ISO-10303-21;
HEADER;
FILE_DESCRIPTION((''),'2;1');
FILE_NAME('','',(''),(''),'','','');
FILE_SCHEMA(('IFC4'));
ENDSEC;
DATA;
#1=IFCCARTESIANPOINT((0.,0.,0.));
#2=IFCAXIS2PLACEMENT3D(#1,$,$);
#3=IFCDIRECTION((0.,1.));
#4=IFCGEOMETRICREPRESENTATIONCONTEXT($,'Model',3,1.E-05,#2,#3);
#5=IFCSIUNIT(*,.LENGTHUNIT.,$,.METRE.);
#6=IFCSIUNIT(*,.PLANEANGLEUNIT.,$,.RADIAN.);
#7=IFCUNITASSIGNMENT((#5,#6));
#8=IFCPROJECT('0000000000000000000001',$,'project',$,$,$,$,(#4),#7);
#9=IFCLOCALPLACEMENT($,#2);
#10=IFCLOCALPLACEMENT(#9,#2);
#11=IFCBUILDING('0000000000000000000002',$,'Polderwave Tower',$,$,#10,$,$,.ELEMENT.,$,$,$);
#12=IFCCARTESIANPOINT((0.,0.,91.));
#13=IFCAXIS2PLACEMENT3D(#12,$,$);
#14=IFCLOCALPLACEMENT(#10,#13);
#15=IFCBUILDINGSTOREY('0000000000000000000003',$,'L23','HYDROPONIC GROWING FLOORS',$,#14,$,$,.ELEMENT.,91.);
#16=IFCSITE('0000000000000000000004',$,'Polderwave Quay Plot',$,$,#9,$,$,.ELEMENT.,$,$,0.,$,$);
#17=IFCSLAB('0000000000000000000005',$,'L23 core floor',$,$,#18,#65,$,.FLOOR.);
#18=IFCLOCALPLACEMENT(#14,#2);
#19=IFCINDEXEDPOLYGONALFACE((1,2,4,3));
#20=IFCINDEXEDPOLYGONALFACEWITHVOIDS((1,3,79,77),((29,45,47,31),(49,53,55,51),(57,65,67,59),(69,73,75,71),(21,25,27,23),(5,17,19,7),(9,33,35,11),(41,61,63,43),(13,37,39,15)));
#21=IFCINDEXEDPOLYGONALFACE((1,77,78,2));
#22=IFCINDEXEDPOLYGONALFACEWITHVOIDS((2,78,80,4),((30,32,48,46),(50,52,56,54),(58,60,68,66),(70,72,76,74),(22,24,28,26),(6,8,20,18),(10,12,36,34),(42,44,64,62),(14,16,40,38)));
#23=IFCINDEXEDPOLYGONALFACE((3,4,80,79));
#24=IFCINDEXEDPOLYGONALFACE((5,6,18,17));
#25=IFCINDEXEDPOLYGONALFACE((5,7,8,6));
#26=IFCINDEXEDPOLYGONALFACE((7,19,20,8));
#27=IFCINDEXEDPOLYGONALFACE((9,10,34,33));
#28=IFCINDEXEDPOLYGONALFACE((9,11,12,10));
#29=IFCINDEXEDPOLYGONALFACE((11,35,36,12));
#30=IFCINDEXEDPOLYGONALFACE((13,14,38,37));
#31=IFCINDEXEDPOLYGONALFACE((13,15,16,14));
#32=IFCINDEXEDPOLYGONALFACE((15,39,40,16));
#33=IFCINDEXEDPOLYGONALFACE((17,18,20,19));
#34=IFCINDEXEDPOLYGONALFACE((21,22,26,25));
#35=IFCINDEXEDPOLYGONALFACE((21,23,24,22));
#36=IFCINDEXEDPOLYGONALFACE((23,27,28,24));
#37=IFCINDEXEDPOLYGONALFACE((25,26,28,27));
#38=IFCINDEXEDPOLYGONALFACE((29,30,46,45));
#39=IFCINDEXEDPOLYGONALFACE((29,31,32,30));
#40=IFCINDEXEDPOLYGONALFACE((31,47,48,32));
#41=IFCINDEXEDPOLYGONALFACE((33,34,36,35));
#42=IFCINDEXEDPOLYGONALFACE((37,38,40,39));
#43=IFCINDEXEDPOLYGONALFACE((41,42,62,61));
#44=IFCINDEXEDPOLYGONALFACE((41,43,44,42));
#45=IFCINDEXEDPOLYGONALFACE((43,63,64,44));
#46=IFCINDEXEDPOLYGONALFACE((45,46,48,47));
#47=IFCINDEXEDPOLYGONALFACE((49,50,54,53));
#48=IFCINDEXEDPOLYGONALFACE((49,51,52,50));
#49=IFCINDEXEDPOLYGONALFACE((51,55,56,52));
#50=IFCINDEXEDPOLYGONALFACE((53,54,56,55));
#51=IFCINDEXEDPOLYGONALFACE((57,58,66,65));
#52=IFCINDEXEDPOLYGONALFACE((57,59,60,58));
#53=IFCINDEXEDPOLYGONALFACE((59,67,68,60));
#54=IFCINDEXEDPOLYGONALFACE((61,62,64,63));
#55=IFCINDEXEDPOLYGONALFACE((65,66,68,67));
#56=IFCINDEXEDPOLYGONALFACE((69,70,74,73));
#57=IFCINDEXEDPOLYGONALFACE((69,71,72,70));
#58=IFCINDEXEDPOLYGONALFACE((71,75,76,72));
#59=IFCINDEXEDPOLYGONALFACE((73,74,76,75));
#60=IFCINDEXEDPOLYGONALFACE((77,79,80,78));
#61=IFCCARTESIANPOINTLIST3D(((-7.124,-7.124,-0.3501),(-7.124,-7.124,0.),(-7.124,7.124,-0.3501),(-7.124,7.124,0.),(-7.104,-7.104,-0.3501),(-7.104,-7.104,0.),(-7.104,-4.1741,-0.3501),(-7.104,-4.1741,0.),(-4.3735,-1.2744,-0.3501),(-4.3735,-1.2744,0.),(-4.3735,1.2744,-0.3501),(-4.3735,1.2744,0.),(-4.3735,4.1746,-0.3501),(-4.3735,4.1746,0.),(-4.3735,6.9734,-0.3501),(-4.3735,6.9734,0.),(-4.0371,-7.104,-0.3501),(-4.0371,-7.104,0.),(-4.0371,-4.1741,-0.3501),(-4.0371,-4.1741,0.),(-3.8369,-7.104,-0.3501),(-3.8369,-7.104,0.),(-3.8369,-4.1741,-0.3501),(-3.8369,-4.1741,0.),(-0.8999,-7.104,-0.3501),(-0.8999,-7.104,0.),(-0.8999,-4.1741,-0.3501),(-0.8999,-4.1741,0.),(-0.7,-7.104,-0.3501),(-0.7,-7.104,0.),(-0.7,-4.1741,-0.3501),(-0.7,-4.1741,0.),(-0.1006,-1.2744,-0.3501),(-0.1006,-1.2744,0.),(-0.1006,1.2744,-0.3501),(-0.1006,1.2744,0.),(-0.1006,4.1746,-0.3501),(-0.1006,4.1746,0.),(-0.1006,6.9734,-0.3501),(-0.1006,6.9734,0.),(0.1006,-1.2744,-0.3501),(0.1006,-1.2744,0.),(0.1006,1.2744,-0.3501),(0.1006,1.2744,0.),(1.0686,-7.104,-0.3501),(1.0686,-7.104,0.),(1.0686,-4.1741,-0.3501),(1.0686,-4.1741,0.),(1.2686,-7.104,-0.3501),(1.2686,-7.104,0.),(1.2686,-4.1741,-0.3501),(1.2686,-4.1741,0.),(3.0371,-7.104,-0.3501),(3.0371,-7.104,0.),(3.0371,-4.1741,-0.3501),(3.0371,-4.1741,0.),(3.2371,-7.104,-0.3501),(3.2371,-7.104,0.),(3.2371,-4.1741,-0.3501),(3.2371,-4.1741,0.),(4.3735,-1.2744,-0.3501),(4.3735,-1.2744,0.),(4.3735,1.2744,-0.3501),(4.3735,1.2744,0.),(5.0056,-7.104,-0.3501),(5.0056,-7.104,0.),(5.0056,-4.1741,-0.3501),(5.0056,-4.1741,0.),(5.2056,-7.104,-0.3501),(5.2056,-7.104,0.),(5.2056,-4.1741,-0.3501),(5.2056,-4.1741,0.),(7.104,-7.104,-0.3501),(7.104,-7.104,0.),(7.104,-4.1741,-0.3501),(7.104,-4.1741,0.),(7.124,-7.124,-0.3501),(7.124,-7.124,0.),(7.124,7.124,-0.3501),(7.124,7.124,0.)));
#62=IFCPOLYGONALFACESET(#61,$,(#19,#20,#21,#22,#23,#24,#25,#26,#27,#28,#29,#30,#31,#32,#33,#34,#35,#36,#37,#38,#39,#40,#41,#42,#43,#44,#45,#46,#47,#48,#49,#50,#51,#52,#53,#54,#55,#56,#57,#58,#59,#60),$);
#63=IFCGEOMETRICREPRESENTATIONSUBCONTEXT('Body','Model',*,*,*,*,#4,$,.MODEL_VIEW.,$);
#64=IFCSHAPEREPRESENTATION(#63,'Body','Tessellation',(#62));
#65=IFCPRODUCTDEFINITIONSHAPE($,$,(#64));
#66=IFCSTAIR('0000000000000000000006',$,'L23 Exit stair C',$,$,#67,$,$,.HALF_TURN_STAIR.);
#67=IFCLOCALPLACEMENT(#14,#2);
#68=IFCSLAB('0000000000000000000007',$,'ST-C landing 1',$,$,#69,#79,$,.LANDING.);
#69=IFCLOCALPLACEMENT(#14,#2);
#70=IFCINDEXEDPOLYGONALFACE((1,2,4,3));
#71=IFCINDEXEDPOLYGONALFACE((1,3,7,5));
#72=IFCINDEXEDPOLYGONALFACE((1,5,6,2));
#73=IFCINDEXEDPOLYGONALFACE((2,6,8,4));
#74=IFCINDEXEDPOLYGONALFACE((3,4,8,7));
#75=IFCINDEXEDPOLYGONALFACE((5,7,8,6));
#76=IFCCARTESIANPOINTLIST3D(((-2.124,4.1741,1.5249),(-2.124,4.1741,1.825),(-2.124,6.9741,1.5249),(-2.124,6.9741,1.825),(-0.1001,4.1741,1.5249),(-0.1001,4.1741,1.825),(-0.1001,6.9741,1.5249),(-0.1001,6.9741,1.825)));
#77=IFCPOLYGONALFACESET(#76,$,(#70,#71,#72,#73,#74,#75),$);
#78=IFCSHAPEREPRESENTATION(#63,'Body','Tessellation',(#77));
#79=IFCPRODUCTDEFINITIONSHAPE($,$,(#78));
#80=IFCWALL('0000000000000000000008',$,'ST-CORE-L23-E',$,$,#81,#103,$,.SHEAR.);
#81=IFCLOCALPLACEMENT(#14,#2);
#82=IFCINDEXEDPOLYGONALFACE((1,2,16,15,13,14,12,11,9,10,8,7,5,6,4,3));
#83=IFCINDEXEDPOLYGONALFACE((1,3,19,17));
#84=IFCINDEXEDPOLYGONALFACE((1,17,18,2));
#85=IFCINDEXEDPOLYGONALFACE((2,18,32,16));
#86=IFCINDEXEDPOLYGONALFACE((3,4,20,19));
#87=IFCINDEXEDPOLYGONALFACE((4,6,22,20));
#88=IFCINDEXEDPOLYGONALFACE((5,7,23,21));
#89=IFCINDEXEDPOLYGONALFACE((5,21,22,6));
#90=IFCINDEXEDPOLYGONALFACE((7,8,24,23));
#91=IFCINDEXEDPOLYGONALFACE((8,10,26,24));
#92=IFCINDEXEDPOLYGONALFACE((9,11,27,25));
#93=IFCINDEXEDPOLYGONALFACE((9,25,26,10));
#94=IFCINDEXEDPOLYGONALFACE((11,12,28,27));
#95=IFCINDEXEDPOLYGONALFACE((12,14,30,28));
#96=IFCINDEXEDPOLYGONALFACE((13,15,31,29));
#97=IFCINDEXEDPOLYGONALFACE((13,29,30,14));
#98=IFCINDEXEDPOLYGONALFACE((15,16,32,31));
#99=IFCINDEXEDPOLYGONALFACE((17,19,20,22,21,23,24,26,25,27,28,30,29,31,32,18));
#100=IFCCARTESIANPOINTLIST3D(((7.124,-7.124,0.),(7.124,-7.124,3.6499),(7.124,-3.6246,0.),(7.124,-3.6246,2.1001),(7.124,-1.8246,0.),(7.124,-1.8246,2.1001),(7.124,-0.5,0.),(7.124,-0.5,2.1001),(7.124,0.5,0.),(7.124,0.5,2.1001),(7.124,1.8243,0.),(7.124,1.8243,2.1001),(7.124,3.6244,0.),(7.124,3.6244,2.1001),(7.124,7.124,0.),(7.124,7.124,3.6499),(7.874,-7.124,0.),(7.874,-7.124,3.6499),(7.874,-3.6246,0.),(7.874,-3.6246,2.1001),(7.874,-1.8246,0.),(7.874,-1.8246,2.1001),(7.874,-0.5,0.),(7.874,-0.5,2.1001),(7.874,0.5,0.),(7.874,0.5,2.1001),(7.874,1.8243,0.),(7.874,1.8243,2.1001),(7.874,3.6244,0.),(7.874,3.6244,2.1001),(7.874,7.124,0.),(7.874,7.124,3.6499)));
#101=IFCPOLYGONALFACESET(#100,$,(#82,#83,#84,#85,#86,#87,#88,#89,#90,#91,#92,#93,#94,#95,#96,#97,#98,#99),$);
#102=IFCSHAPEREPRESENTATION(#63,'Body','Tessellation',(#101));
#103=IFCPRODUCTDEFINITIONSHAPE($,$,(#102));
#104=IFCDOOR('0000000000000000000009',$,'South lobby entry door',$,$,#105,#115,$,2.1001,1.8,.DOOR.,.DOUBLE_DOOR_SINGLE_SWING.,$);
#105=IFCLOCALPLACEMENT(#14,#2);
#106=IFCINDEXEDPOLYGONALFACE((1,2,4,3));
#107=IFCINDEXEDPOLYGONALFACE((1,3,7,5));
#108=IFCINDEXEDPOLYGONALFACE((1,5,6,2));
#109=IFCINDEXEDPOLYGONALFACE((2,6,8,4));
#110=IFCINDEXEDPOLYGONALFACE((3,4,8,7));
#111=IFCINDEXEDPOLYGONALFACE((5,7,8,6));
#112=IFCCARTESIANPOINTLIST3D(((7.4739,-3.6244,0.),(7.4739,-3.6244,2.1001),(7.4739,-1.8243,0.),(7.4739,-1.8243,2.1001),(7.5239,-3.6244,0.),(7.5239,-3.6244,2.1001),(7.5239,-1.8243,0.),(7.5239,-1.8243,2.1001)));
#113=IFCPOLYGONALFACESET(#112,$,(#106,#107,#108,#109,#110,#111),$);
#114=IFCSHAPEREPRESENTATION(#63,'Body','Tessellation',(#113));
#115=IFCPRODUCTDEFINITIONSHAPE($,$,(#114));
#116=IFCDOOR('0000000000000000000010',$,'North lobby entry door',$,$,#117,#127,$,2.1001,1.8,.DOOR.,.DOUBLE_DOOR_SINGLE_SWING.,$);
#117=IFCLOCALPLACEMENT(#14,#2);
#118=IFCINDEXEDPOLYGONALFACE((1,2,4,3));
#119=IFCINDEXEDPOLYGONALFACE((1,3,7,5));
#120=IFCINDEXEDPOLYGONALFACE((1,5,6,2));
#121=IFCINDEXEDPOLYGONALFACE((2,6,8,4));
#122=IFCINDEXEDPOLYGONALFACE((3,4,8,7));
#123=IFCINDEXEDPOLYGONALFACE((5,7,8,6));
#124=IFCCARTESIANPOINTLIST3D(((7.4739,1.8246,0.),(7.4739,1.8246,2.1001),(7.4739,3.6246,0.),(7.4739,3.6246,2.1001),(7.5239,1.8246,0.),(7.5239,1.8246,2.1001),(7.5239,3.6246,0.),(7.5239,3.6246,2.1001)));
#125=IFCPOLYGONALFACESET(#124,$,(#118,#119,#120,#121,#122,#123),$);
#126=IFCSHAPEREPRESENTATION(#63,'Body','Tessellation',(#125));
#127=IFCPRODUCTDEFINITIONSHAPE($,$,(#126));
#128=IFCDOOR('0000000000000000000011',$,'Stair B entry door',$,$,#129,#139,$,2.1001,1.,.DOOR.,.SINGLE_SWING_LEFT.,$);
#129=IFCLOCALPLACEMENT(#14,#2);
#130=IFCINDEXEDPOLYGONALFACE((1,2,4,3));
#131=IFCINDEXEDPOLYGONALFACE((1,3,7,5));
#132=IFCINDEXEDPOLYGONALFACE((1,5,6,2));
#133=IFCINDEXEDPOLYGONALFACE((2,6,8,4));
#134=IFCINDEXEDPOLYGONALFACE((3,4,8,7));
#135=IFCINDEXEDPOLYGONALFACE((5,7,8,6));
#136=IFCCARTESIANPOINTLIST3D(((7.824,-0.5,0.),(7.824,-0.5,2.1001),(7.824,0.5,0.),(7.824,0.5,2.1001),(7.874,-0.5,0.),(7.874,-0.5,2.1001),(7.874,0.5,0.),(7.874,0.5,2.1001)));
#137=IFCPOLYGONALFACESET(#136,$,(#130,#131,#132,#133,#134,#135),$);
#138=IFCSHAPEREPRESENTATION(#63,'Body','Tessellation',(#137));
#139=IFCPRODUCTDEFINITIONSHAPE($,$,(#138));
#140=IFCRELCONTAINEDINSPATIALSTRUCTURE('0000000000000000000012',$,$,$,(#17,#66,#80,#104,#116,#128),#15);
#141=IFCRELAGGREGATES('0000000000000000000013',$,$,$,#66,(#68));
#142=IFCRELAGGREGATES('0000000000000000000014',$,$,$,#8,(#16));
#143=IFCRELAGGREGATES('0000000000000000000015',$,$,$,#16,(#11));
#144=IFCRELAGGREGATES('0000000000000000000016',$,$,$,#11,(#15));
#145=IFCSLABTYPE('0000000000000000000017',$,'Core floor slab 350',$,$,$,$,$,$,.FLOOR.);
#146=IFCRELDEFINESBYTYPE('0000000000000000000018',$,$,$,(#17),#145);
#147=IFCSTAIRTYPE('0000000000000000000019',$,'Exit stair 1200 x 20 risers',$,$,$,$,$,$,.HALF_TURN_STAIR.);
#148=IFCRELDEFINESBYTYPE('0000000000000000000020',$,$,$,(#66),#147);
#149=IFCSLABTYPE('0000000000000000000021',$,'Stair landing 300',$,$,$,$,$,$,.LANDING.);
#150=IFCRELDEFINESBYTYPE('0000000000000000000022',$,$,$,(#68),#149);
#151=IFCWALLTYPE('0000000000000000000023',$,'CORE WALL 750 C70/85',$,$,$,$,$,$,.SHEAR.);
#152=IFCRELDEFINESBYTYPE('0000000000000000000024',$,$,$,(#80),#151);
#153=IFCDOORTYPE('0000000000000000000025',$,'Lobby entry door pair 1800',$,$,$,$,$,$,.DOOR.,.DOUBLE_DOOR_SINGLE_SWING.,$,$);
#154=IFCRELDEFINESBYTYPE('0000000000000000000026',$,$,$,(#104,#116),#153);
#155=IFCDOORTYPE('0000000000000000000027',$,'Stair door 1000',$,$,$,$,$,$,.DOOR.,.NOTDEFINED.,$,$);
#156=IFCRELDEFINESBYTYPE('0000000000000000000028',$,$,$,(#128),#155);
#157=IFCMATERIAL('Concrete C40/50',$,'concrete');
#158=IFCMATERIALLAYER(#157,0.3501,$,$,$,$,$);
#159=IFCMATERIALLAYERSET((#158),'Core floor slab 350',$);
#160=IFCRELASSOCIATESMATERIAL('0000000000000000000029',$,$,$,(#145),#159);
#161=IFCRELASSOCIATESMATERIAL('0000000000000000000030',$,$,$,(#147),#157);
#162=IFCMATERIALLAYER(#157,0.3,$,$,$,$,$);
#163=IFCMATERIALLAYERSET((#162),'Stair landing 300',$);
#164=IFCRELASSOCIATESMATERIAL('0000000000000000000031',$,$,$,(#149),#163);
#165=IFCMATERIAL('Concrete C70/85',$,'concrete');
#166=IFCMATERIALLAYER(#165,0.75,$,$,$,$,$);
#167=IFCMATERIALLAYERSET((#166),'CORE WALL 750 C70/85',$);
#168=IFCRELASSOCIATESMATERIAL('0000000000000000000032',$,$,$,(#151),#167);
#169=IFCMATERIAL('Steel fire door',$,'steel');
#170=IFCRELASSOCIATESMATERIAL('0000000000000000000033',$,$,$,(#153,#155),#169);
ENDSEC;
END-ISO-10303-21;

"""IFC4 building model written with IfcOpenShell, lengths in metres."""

from ifc_helpers import new_model, si_unit, direction, frame, frame_2d, origin, place, context, subcontext, project, spatial, polyline, rectangle, outline, extrude, material, layer, layer_set, type_object, element, fill, aggregate, save


model = new_model("IFC4")

# Units and contexts
model_context = context("Model", 3, precision=1e-05, world=origin(), true_north=direction((0.0, 1.0)))
body_context = subcontext(model_context, "Body", "Model", "MODEL_VIEW")
ifc_project = project(units=[si_unit("LENGTHUNIT", "METRE"), si_unit("PLANEANGLEUNIT", "RADIAN")], contexts=[model_context])

# Site, building, storey
site_placement = place(None, origin())
site = spatial("IfcSite", under=ifc_project, at=site_placement, Name="Polderwave Quay Plot", CompositionType="ELEMENT", RefElevation=0.0)
building_placement = place(site_placement, origin())
building = spatial("IfcBuilding", under=site, at=building_placement, Name="Polderwave Tower", CompositionType="ELEMENT")
storey_placement = place(building_placement, frame((0.0, 0.0, 91.0)))
storey = spatial("IfcBuildingStorey", under=building, at=storey_placement, Name="L23", Description="HYDROPONIC GROWING FLOORS", CompositionType="ELEMENT", Elevation=91.0)

# Slab
ifc_material_1 = material(Name="Concrete C40/50", Category="concrete")
ifc_layer_1 = layer(ifc_material_1, 0.3501)
ifc_layer_set_1 = layer_set([ifc_layer_1], Name="Core floor slab 350")
slab_type_1 = type_object("IfcSlabType", Name="Core floor slab 350", PredefinedType="FLOOR", material=ifc_layer_set_1)
slab_1_placement = place(storey_placement, frame((0.0, 0.0, -0.3501)))
element("IfcSlab", 1, at=slab_1_placement, inside=storey, type_object=slab_type_1, Name="L23 core floor", PredefinedType="FLOOR", context=body_context, shape_type="SweptSolid", body=[
    extrude(outline(polyline([(-7.124, -7.124), (7.124, -7.124), (7.124, 7.124), (-7.124, 7.124), (-7.124, -7.124)]), holes=[polyline([(-7.104, -7.104), (-4.0371, -7.104), (-4.0371, -4.1741), (-7.104, -4.1741), (-7.104, -7.104)]), polyline([(-3.8369, -7.104), (-0.8999, -7.104), (-0.8999, -4.1741), (-3.8369, -4.1741), (-3.8369, -7.104)]), polyline([(-0.7, -7.104), (1.0686, -7.104), (1.0686, -4.1741), (-0.7, -4.1741), (-0.7, -7.104)]), polyline([(1.2686, -7.104), (3.0371, -7.104), (3.0371, -4.1741), (1.2686, -4.1741), (1.2686, -7.104)]), polyline([(3.2371, -7.104), (5.0056, -7.104), (5.0056, -4.1741), (3.2371, -4.1741), (3.2371, -7.104)]), polyline([(5.2056, -7.104), (7.104, -7.104), (7.104, -4.1741), (5.2056, -4.1741), (5.2056, -7.104)]), polyline([(-4.3735, -1.2744), (-0.1006, -1.2744), (-0.1006, 1.2744), (-4.3735, 1.2744), (-4.3735, -1.2744)]), polyline([(0.1006, -1.2744), (4.3735, -1.2744), (4.3735, 1.2744), (0.1006, 1.2744), (0.1006, -1.2744)]), polyline([(-4.3735, 4.1746), (-0.1006, 4.1746), (-0.1006, 6.9734), (-4.3735, 6.9734), (-4.3735, 4.1746)])]), origin(), (0.0, 0.0, 1.0), 0.3501),
])

# Stair, slab
stair_type = type_object("IfcStairType", Name="Exit stair 1200 x 20 risers", PredefinedType="HALF_TURN_STAIR", material=ifc_material_1)
stair_1_placement = place(storey_placement, origin())
stair_1 = element("IfcStair", 2, at=stair_1_placement, inside=storey, type_object=stair_type, Name="L23 Exit stair C", PredefinedType="HALF_TURN_STAIR")
ifc_layer_2 = layer(ifc_material_1, 0.3)
ifc_layer_set_2 = layer_set([ifc_layer_2], Name="Stair landing 300")
slab_type_2 = type_object("IfcSlabType", Name="Stair landing 300", PredefinedType="LANDING", material=ifc_layer_set_2)
slab_2_placement = place(storey_placement, frame((0.0, 0.0, 1.5249)))
slab_2 = element("IfcSlab", 3, at=slab_2_placement, type_object=slab_type_2, Name="ST-C landing 1", PredefinedType="LANDING", context=body_context, shape_type="SweptSolid", body=[
    extrude(outline(polyline([(-2.124, 4.1741), (-0.1001, 4.1741), (-0.1001, 6.9741), (-2.124, 6.9741), (-2.124, 4.1741)])), origin(), (0.0, 0.0, 1.0), 0.3),
])
aggregate(stair_1, [slab_2])

# Wall, openings, doors
ifc_material_2 = material(Name="Concrete C70/85", Category="concrete")
ifc_layer_3 = layer(ifc_material_2, 0.75)
ifc_layer_set_3 = layer_set([ifc_layer_3], Name="CORE WALL 750 C70/85")
wall_type_1 = type_object("IfcWallType", Name="CORE WALL 750 C70/85", PredefinedType="SHEAR", material=ifc_layer_set_3)
wall_1_placement = place(storey_placement, frame((7.499, -7.124, 0.0), z_axis=(0.0, 0.0, 1.0), x_axis=(0.0, 1.0, 0.0)))
wall_1 = element("IfcWall", 4, at=wall_1_placement, inside=storey, type_object=wall_type_1, Name="ST-CORE-L23-E", PredefinedType="SHEAR", context=body_context, shape_type="SweptSolid", body=[
    extrude(rectangle(XDim=14.248, YDim=0.75, at=frame_2d((7.124, 0.0))), origin(), (0.0, 0.0, 1.0), 3.6499),
])
opening_1_placement = place(wall_1_placement, frame((6.624, 0.0, 0.0)))
opening_1 = element("IfcOpeningElement", 5, at=opening_1_placement, cuts=wall_1, PredefinedType="OPENING", context=body_context, shape_type="SweptSolid", body=[
    extrude(rectangle(XDim=1.0, YDim=2.1001, at=frame_2d((0.5, 1.05))), frame((0.0, 0.385, 0.0), z_axis=(0.0, -1.0, 0.0), x_axis=(1.0, 0.0, 0.0)), (0.0, 0.0, 1.0), 0.77),
])
opening_2_placement = place(wall_1_placement, frame((3.4995, 0.0, 0.0)))
opening_2 = element("IfcOpeningElement", 6, at=opening_2_placement, cuts=wall_1, PredefinedType="OPENING", context=body_context, shape_type="SweptSolid", body=[
    extrude(rectangle(XDim=1.8, YDim=2.1001, at=frame_2d((0.8999, 1.05))), frame((0.0, 0.385, 0.0), z_axis=(0.0, -1.0, 0.0), x_axis=(1.0, 0.0, 0.0)), (0.0, 0.0, 1.0), 0.77),
])
opening_3_placement = place(wall_1_placement, frame((8.9485, 0.0, 0.0)))
opening_3 = element("IfcOpeningElement", 7, at=opening_3_placement, cuts=wall_1, PredefinedType="OPENING", context=body_context, shape_type="SweptSolid", body=[
    extrude(rectangle(XDim=1.8, YDim=2.1001, at=frame_2d((0.8999, 1.05))), frame((0.0, 0.385, 0.0), z_axis=(0.0, -1.0, 0.0), x_axis=(1.0, 0.0, 0.0)), (0.0, 0.0, 1.0), 0.77),
])
ifc_material_3 = material(Name="Steel fire door", Category="steel")
door_type_1 = type_object("IfcDoorType", Name="Lobby entry door pair 1800", OperationType="DOUBLE_DOOR_SINGLE_SWING", PredefinedType="DOOR", material=ifc_material_3)
door_1_placement = place(opening_2_placement, frame((1.8, 0.0, 0.0), z_axis=(0.0, 0.0, 1.0), x_axis=(-1.0, 0.0, 0.0)))
door_1 = element("IfcDoor", 8, at=door_1_placement, inside=storey, type_object=door_type_1, Name="South lobby entry door", OperationType="DOUBLE_DOOR_SINGLE_SWING", OverallHeight=2.1001, OverallWidth=1.8, PredefinedType="DOOR", context=body_context, shape_type="SweptSolid", body=[
    extrude(rectangle(XDim=1.8, YDim=2.1001, at=frame_2d((0.8999, 1.05))), frame((0.0, 0.0249, 0.0), z_axis=(0.0, -1.0, 0.0), x_axis=(1.0, 0.0, 0.0)), (0.0, 0.0, 1.0), 0.05),
])
fill(opening_2, door_1)
door_2_placement = place(opening_3_placement, frame((1.8, 0.0, 0.0), z_axis=(0.0, 0.0, 1.0), x_axis=(-1.0, 0.0, 0.0)))
door_2 = element("IfcDoor", 9, at=door_2_placement, inside=storey, type_object=door_type_1, Name="North lobby entry door", OperationType="DOUBLE_DOOR_SINGLE_SWING", OverallHeight=2.1001, OverallWidth=1.8, PredefinedType="DOOR", context=body_context, shape_type="SweptSolid", body=[
    extrude(rectangle(XDim=1.8, YDim=2.1001, at=frame_2d((0.8999, 1.05))), frame((0.0, 0.0249, 0.0), z_axis=(0.0, -1.0, 0.0), x_axis=(1.0, 0.0, 0.0)), (0.0, 0.0, 1.0), 0.05),
])
fill(opening_3, door_2)
door_type_2 = type_object("IfcDoorType", Name="Stair door 1000", OperationType="NOTDEFINED", PredefinedType="DOOR", material=ifc_material_3)
door_3_placement = place(opening_1_placement, frame((1.0, 0.0, 0.0), z_axis=(0.0, 0.0, 1.0), x_axis=(-1.0, 0.0, 0.0)))
door_3 = element("IfcDoor", 10, at=door_3_placement, inside=storey, type_object=door_type_2, Name="Stair B entry door", OperationType="SINGLE_SWING_LEFT", OverallHeight=2.1001, OverallWidth=1.0, PredefinedType="DOOR", context=body_context, shape_type="SweptSolid", body=[
    extrude(rectangle(XDim=1.0, YDim=2.1001, at=frame_2d((0.5, 1.05))), frame((0.0, 0.375, 0.0), z_axis=(0.0, -1.0, 0.0), x_axis=(1.0, 0.0, 0.0)), (0.0, 0.0, 1.0), 0.05),
])
fill(opening_1, door_3)

save(model, "model.ifc")
